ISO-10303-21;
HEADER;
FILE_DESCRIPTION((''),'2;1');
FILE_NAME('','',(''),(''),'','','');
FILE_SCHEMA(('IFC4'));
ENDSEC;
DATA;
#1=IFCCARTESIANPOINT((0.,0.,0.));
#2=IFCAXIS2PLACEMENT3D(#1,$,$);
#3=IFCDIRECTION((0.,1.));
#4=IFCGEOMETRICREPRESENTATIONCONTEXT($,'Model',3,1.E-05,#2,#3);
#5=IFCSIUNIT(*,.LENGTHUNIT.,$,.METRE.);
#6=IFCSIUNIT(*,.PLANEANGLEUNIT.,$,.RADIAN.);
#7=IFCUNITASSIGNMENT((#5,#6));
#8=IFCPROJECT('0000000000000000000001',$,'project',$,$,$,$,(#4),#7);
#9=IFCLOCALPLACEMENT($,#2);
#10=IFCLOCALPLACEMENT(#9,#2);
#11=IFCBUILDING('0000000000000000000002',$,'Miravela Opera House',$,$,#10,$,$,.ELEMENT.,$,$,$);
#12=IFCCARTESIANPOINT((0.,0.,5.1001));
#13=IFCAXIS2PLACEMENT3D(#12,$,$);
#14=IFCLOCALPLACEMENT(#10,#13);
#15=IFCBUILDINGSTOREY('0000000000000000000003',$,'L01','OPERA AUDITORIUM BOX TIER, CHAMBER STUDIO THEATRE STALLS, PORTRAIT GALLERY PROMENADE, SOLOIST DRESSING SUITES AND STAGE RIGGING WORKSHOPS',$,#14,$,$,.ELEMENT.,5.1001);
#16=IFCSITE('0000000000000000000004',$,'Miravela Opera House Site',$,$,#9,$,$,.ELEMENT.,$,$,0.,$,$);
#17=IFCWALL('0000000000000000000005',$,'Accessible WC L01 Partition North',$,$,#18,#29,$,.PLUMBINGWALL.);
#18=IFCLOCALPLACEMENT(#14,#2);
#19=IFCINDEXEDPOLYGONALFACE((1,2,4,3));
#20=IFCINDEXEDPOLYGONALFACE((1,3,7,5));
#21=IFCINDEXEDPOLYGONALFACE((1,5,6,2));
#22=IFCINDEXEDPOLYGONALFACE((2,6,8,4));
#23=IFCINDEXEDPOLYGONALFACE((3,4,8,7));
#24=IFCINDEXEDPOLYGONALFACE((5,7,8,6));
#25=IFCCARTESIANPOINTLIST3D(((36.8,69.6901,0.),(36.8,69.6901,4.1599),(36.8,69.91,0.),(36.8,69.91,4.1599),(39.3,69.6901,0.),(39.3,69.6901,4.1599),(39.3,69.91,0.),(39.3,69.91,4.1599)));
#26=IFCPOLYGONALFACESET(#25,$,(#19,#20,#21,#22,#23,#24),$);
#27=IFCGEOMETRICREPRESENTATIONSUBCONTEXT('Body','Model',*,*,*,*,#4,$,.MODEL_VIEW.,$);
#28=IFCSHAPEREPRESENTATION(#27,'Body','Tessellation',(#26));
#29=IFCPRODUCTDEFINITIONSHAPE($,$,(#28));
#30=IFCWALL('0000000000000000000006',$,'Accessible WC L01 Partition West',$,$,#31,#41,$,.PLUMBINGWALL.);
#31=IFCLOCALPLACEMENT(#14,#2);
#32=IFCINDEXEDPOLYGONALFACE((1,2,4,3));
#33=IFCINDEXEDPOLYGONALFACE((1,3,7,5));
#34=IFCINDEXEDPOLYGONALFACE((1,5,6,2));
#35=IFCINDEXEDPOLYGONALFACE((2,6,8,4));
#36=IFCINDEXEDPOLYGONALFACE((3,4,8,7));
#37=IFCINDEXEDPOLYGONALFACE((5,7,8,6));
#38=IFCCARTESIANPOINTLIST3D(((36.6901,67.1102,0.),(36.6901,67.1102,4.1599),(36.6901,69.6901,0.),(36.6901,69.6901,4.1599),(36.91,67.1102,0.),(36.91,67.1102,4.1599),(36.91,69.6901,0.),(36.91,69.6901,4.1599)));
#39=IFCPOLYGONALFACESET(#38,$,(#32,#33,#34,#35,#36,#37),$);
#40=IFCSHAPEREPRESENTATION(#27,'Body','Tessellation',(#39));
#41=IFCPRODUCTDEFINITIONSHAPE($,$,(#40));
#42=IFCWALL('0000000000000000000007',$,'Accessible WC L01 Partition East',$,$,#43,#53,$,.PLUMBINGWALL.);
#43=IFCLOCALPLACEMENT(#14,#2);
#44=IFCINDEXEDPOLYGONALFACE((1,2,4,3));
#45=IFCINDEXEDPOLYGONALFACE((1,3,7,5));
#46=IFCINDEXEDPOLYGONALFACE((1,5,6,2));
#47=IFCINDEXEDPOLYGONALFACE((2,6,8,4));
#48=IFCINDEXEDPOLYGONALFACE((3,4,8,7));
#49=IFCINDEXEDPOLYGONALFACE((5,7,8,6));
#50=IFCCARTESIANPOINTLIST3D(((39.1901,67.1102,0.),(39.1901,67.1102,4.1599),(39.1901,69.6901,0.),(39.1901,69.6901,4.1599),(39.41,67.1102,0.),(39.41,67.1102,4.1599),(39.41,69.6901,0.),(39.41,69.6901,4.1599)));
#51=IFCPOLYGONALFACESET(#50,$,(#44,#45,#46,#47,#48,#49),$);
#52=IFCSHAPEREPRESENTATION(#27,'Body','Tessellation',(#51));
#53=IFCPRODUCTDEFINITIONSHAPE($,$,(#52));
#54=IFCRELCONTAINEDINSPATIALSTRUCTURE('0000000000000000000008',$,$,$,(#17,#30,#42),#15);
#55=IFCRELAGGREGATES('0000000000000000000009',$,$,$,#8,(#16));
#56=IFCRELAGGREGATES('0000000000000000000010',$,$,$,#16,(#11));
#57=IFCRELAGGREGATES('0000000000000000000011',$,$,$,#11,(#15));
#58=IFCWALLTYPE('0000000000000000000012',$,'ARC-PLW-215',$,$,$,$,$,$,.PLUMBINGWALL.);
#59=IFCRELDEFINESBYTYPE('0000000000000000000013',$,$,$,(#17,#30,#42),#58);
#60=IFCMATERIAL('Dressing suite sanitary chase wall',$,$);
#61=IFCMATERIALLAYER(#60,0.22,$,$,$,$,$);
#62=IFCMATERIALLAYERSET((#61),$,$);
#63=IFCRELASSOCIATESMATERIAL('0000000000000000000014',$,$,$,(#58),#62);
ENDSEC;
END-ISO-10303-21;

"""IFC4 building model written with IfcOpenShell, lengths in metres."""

from ifc_helpers import new_model, si_unit, direction, frame, frame_2d, origin, place, context, subcontext, project, spatial, rectangle, extrude, material, layer, layer_set, type_object, element, save


model = new_model("IFC4")

# Units and contexts
model_context = context("Model", 3, precision=1e-05, world=origin(), true_north=direction((0.0, 1.0)))
body_context = subcontext(model_context, "Body", "Model", "MODEL_VIEW")
ifc_project = project(units=[si_unit("LENGTHUNIT", "METRE"), si_unit("PLANEANGLEUNIT", "RADIAN")], contexts=[model_context])

# Site, building, storey
site_placement = place(None, origin())
site = spatial("IfcSite", under=ifc_project, at=site_placement, Name="Miravela Opera House Site", CompositionType="ELEMENT", RefElevation=0.0)
building_placement = place(site_placement, origin())
building = spatial("IfcBuilding", under=site, at=building_placement, Name="Miravela Opera House", CompositionType="ELEMENT")
storey_placement = place(building_placement, frame((0.0, 0.0, 5.1001)))
storey = spatial("IfcBuildingStorey", under=building, at=storey_placement, Name="L01", Description="OPERA AUDITORIUM BOX TIER, CHAMBER STUDIO THEATRE STALLS, PORTRAIT GALLERY PROMENADE, SOLOIST DRESSING SUITES AND STAGE RIGGING WORKSHOPS", CompositionType="ELEMENT", Elevation=5.1001)

# Shared definitions
ifc_material_1 = material(Name="Dressing suite sanitary chase wall")
ifc_layer_1 = layer(ifc_material_1, 0.22)
ifc_layer_set_1 = layer_set([ifc_layer_1])
wall_type_1 = type_object("IfcWallType", Name="ARC-PLW-215", PredefinedType="PLUMBINGWALL", material=ifc_layer_set_1)

# Walls
wall_1_placement = place(storey_placement, frame((36.8, 69.8, 0.0), z_axis=(0.0, 0.0, 1.0), x_axis=(1.0, 0.0, 0.0)))
element("IfcWall", 1, at=wall_1_placement, inside=storey, type_object=wall_type_1, Name="Accessible WC L01 Partition North", PredefinedType="PLUMBINGWALL", context=body_context, shape_type="SweptSolid", body=[
    extrude(rectangle(XDim=2.5, YDim=0.22, at=frame_2d((1.25, 0.0))), origin(), (0.0, 0.0, 1.0), 4.1599),
])
for number, where, z_axis, x_axis, name in (
    (2, (36.8, 67.1101, 0.0), (0.0, 0.0, 1.0), (0.0, 1.0, 0.0), "Accessible WC L01 Partition West"),
    (3, (39.3, 67.1101, 0.0), (0.0, 0.0, 1.0), (0.0, 1.0, 0.0), "Accessible WC L01 Partition East"),
):
    element("IfcWall", number, at=place(storey_placement, frame(where, z_axis=z_axis, x_axis=x_axis)), inside=storey, type_object=wall_type_1, Name=name, PredefinedType="PLUMBINGWALL", context=body_context, shape_type="SweptSolid", body=[
        extrude(rectangle(XDim=2.5798, YDim=0.22, at=frame_2d((1.29, 0.0))), origin(), (0.0, 0.0, 1.0), 4.1599),
    ])

save(model, "model.ifc")
